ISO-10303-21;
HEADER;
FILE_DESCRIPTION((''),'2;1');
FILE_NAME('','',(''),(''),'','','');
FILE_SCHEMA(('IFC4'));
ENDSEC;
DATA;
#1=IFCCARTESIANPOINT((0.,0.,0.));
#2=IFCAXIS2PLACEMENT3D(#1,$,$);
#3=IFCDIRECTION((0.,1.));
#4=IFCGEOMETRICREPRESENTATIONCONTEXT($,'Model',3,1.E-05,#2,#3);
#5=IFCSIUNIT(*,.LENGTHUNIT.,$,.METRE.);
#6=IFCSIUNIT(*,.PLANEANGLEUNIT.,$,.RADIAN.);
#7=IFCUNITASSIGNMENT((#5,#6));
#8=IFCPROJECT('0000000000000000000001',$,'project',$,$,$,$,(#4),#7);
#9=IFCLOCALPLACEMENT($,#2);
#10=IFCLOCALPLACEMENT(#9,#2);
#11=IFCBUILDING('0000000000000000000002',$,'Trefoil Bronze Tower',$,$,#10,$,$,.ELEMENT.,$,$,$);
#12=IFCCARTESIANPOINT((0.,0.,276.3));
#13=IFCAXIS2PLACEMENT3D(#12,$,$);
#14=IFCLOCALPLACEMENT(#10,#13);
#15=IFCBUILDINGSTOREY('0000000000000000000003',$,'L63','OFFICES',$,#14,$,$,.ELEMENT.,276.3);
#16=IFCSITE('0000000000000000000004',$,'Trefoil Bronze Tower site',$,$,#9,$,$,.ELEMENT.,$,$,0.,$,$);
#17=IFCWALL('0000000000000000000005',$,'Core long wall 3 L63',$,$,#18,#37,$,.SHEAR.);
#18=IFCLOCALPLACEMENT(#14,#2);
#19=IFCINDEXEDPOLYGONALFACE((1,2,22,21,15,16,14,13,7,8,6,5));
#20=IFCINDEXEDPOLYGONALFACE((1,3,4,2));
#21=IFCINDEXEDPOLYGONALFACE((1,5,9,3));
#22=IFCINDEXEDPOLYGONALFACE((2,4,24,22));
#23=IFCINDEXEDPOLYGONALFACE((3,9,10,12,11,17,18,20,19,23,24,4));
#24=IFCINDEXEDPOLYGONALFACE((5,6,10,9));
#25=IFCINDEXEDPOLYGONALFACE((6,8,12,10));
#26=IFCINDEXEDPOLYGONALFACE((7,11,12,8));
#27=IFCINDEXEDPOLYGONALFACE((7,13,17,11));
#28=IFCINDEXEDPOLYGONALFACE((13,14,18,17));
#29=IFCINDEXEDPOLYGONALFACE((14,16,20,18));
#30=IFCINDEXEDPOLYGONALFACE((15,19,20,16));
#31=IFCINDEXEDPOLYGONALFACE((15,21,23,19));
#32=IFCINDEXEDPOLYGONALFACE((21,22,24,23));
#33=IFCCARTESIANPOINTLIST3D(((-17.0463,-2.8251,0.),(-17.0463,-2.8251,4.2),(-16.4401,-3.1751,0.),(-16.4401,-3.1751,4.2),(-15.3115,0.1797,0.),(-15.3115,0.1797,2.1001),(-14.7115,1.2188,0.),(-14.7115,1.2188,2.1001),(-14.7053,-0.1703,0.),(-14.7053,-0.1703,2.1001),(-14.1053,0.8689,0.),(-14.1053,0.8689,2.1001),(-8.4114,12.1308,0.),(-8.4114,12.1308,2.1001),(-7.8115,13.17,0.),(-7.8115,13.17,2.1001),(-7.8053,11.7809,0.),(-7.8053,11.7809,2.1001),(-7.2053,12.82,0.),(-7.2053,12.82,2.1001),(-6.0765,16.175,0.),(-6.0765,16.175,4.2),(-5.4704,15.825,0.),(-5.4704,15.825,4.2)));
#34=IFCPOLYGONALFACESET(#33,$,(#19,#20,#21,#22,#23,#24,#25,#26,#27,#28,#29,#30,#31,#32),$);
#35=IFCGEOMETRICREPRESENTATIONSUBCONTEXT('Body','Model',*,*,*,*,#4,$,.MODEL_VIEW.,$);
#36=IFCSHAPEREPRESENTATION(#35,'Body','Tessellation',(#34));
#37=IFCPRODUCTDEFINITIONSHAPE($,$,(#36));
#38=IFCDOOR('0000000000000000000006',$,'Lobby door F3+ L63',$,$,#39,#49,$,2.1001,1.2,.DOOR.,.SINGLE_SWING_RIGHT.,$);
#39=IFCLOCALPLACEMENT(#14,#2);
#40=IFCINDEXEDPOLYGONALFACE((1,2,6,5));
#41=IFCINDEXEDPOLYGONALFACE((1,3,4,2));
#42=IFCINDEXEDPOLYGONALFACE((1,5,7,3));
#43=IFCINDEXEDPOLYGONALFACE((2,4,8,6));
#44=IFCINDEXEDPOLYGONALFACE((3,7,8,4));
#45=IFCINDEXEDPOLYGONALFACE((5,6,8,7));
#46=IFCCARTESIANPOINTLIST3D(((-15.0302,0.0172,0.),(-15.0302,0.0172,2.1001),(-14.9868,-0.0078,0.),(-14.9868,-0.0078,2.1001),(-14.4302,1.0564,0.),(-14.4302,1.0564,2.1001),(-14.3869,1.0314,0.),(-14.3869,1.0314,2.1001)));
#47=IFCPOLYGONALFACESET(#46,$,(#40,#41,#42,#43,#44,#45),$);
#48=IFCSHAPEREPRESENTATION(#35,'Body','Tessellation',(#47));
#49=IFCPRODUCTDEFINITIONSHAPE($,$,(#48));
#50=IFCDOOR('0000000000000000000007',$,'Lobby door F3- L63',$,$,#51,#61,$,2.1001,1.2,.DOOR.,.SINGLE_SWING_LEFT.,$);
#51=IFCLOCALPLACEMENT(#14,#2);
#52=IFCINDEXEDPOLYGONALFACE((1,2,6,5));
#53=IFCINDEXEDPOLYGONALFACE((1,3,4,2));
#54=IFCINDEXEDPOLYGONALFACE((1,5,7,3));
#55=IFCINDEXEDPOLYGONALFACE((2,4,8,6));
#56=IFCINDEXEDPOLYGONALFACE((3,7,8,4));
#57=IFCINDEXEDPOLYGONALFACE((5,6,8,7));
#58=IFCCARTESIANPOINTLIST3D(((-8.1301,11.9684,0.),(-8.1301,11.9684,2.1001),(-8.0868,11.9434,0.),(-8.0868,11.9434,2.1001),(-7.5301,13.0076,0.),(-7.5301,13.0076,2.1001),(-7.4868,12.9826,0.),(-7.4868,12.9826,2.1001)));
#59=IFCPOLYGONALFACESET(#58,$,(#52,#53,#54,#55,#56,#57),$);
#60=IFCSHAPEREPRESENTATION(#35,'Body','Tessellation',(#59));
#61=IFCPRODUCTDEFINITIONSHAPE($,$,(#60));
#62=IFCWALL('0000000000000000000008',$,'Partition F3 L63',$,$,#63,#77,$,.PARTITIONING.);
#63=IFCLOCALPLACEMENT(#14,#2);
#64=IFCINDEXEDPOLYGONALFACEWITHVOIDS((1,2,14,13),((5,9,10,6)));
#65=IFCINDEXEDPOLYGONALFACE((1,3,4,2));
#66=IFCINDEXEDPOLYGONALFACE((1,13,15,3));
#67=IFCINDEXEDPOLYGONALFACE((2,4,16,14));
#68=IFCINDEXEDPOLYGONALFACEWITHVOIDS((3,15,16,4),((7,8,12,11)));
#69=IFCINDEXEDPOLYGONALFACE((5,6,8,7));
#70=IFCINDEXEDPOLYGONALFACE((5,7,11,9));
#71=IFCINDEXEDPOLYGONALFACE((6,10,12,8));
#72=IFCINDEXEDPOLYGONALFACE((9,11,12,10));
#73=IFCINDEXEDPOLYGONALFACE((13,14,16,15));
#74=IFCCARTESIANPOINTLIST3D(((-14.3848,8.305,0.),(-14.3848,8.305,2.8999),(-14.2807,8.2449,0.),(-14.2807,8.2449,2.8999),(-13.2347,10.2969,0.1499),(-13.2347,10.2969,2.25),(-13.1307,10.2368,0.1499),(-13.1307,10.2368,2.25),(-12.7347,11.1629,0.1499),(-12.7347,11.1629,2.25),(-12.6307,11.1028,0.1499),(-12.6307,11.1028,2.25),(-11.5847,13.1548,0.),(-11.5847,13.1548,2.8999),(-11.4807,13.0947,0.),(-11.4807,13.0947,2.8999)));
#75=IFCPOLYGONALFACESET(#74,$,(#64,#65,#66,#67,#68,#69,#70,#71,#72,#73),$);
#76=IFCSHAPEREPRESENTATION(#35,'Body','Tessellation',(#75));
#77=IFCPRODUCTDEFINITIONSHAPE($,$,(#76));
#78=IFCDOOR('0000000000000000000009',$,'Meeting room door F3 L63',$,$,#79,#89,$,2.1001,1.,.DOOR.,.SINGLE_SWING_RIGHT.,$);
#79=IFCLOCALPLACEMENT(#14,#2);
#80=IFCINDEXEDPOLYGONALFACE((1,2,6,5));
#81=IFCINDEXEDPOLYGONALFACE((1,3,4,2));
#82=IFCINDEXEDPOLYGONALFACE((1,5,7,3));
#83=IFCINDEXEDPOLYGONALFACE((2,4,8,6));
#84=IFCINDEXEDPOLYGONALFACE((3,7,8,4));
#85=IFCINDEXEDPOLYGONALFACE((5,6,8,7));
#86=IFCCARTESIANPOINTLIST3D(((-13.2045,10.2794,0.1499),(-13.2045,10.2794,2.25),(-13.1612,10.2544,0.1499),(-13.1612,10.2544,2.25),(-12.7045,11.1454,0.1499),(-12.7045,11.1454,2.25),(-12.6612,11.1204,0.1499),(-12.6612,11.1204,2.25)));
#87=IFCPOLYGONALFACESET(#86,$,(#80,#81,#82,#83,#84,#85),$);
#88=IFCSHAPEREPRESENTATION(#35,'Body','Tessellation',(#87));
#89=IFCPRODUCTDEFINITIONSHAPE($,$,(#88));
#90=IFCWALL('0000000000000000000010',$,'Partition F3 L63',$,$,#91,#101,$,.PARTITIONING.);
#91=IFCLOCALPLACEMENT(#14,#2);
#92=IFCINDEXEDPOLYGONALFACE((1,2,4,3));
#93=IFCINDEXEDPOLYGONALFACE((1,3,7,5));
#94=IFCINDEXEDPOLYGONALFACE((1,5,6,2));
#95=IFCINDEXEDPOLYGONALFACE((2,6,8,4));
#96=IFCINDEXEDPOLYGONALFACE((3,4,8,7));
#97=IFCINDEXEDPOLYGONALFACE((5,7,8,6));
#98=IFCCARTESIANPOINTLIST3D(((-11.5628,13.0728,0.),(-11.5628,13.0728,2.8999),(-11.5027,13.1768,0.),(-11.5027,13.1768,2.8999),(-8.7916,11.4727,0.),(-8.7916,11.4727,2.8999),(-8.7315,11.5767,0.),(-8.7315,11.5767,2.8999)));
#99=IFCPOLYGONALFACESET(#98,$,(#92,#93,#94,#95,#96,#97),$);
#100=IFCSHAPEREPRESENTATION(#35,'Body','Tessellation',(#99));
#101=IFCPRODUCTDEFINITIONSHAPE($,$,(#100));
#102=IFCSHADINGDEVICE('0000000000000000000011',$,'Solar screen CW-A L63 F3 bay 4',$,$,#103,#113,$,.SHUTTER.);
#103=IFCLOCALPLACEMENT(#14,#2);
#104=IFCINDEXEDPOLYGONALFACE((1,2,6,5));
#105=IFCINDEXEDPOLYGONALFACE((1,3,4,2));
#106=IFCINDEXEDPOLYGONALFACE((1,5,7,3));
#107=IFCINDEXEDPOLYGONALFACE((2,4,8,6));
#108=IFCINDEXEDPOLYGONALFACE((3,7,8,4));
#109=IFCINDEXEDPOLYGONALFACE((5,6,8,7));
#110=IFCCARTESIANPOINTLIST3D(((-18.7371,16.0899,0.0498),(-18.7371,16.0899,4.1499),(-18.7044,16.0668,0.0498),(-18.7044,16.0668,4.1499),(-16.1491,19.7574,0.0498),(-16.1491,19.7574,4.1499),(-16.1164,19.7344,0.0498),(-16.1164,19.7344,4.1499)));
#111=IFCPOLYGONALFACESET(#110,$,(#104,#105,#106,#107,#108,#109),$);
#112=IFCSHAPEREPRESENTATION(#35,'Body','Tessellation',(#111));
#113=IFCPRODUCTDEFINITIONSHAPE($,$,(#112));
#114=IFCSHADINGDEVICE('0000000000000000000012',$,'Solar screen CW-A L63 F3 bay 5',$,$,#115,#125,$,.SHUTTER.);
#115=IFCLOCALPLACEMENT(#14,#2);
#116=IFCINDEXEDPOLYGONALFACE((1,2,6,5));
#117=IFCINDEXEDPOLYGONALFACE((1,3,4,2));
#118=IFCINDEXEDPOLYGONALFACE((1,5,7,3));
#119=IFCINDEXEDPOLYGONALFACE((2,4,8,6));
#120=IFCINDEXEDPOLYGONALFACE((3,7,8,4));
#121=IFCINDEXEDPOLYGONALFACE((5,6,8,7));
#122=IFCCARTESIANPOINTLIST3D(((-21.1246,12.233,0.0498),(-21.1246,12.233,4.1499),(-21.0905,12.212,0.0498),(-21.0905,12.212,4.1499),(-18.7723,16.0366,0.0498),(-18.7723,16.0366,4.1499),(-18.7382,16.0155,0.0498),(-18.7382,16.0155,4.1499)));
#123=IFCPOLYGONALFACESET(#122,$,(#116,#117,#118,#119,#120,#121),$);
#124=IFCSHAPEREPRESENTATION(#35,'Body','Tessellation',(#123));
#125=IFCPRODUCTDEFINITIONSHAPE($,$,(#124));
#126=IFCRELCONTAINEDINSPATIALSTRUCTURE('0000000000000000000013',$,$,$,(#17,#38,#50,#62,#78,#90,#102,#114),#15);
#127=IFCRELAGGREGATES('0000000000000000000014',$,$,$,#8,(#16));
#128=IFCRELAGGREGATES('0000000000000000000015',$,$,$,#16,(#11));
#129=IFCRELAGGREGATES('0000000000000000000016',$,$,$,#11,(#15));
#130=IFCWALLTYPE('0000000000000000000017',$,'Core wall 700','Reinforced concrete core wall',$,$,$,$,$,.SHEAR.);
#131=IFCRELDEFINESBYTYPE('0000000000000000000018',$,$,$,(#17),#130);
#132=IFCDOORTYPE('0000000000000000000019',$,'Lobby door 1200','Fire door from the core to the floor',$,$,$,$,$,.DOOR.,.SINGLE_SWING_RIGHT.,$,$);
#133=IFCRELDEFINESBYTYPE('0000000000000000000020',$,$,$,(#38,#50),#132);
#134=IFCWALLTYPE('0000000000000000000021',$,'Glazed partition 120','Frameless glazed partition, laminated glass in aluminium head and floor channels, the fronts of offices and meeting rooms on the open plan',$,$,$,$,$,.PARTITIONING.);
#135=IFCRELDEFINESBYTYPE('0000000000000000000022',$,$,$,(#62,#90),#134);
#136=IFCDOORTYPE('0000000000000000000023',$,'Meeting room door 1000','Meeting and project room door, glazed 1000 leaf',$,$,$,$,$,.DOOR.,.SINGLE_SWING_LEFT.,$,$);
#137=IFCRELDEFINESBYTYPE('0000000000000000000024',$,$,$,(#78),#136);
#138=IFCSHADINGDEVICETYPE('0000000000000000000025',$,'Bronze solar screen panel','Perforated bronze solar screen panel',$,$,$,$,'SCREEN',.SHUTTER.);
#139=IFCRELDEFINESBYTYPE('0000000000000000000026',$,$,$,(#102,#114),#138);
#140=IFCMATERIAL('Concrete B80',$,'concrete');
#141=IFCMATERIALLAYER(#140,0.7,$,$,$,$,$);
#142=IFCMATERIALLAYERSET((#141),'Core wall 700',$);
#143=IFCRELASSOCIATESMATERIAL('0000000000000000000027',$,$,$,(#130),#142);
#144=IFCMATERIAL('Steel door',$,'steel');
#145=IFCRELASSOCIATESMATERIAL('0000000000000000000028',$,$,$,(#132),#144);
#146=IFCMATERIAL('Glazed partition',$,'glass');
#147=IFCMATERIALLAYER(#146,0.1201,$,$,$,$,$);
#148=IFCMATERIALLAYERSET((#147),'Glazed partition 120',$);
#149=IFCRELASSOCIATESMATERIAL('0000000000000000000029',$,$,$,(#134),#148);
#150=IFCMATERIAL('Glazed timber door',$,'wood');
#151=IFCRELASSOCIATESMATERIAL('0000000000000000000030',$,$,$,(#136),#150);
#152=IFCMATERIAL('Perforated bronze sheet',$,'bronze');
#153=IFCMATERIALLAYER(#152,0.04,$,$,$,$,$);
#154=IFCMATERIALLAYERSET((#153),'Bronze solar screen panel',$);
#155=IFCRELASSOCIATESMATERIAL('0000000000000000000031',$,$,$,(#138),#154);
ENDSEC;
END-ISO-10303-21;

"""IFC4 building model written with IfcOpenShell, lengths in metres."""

from ifc_helpers import new_model, si_unit, direction, frame, frame_2d, origin, origin_2d, place, context, subcontext, project, spatial, rectangle, extrude, material, layer, layer_set, type_object, element, fill, save


model = new_model("IFC4")

# Units and contexts
model_context = context("Model", 3, precision=1e-05, world=origin(), true_north=direction((0.0, 1.0)))
body_context = subcontext(model_context, "Body", "Model", "MODEL_VIEW")
ifc_project = project(units=[si_unit("LENGTHUNIT", "METRE"), si_unit("PLANEANGLEUNIT", "RADIAN")], contexts=[model_context])

# Site, building, storey
site_placement = place(None, origin())
site = spatial("IfcSite", under=ifc_project, at=site_placement, Name="Trefoil Bronze Tower site", CompositionType="ELEMENT", RefElevation=0.0)
building_placement = place(site_placement, origin())
building = spatial("IfcBuilding", under=site, at=building_placement, Name="Trefoil Bronze Tower", CompositionType="ELEMENT")
storey_placement = place(building_placement, frame((0.0, 0.0, 276.3)))
storey = spatial("IfcBuildingStorey", under=building, at=storey_placement, Name="L63", Description="OFFICES", CompositionType="ELEMENT", Elevation=276.3)

# Wall, openings, doors
ifc_material_1 = material(Name="Concrete B80", Category="concrete")
ifc_layer_1 = layer(ifc_material_1, 0.7)
ifc_layer_set_1 = layer_set([ifc_layer_1], Name="Core wall 700")
wall_type_1 = type_object("IfcWallType", Name="Core wall 700", Description="Reinforced concrete core wall", PredefinedType="SHEAR", material=ifc_layer_set_1)
wall_1_placement = place(storey_placement, frame((-5.7734, 16.0, 0.0), z_axis=(0.0, 0.0, 1.0), x_axis=(-0.500002, -0.866024, 0.0)))
wall_1 = element("IfcWall", 1, at=wall_1_placement, inside=storey, type_object=wall_type_1, Name="Core long wall 3 L63", PredefinedType="SHEAR", context=body_context, shape_type="SweptSolid", body=[
    extrude(rectangle(XDim=21.9395, YDim=0.7, at=frame_2d((10.9697, 0.0))), origin(), (0.0, 0.0, 1.0), 4.2),
])
opening_1_placement = place(wall_1_placement, frame((17.2698, 0.0, 0.0)))
opening_1 = element("IfcOpeningElement", 2, at=opening_1_placement, cuts=wall_1, PredefinedType="OPENING", context=body_context, shape_type="SweptSolid", body=[
    extrude(rectangle(XDim=1.2, YDim=2.1001, at=frame_2d((0.6001, 1.05))), frame((0.0, 0.3599, 0.0), z_axis=(0.0, -1.0, 0.0), x_axis=(1.0, 0.0, 0.0)), (0.0, 0.0, 1.0), 0.72),
])
opening_2_placement = place(wall_1_placement, frame((3.4697, 0.0, 0.0)))
opening_2 = element("IfcOpeningElement", 3, at=opening_2_placement, cuts=wall_1, PredefinedType="OPENING", context=body_context, shape_type="SweptSolid", body=[
    extrude(rectangle(XDim=1.2, YDim=2.1001, at=frame_2d((0.6001, 1.05))), frame((0.0, 0.3599, 0.0), z_axis=(0.0, -1.0, 0.0), x_axis=(1.0, 0.0, 0.0)), (0.0, 0.0, 1.0), 0.72),
])
ifc_material_2 = material(Name="Steel door", Category="steel")
door_type_1 = type_object("IfcDoorType", Name="Lobby door 1200", Description="Fire door from the core to the floor", OperationType="SINGLE_SWING_RIGHT", PredefinedType="DOOR", material=ifc_material_2)
door_1_placement = place(opening_1_placement, origin())
door_1 = element("IfcDoor", 4, at=door_1_placement, inside=storey, type_object=door_type_1, Name="Lobby door F3+ L63", OperationType="SINGLE_SWING_RIGHT", OverallHeight=2.1001, OverallWidth=1.2, PredefinedType="DOOR", context=body_context, shape_type="SweptSolid", body=[
    extrude(rectangle(XDim=1.2, YDim=2.1001, at=frame_2d((0.6001, 1.05))), frame((0.0, 0.0249, 0.0), z_axis=(0.0, -1.0, 0.0), x_axis=(1.0, 0.0, 0.0)), (0.0, 0.0, 1.0), 0.05),
])
fill(opening_1, door_1)
door_2_placement = place(opening_2_placement, origin())
door_2 = element("IfcDoor", 5, at=door_2_placement, inside=storey, type_object=door_type_1, Name="Lobby door F3- L63", OperationType="SINGLE_SWING_LEFT", OverallHeight=2.1001, OverallWidth=1.2, PredefinedType="DOOR", context=body_context, shape_type="SweptSolid", body=[
    extrude(rectangle(XDim=1.2, YDim=2.1001, at=frame_2d((0.6001, 1.05))), frame((0.0, 0.0249, 0.0), z_axis=(0.0, -1.0, 0.0), x_axis=(1.0, 0.0, 0.0)), (0.0, 0.0, 1.0), 0.05),
])
fill(opening_2, door_2)

# Wall, opening, door
ifc_material_3 = material(Name="Glazed partition", Category="glass")
ifc_layer_2 = layer(ifc_material_3, 0.1201)
ifc_layer_set_2 = layer_set([ifc_layer_2], Name="Glazed partition 120")
wall_type_2 = type_object("IfcWallType", Name="Glazed partition 120", Description="Frameless glazed partition, laminated glass in aluminium head and floor channels, the fronts of offices and meeting rooms on the open plan", PredefinedType="PARTITIONING", material=ifc_layer_set_2)
wall_2_placement = place(storey_placement, frame((-11.5327, 13.1248, 0.0), z_axis=(0.0, 0.0, 1.0), x_axis=(-0.499998, -0.866027, 0.0)))
wall_2 = element("IfcWall", 6, at=wall_2_placement, inside=storey, type_object=wall_type_2, Name="Partition F3 L63", PredefinedType="PARTITIONING", context=body_context, shape_type="SweptSolid", body=[
    extrude(rectangle(XDim=5.6001, YDim=0.1201, at=frame_2d((2.8, 0.0))), origin(), (0.0, 0.0, 1.0), 2.8999),
])
opening_3_placement = place(wall_2_placement, frame((2.3, 0.0, 0.1499)))
opening_3 = element("IfcOpeningElement", 7, at=opening_3_placement, cuts=wall_2, PredefinedType="OPENING", context=body_context, shape_type="SweptSolid", body=[
    extrude(rectangle(XDim=1.0, YDim=2.1001, at=frame_2d((0.5, 1.05))), frame((0.0, 0.0701, 0.0), z_axis=(0.0, -1.0, 0.0), x_axis=(1.0, 0.0, 0.0)), (0.0, 0.0, 1.0), 0.1401),
])
ifc_material_4 = material(Name="Glazed timber door", Category="wood")
door_type_2 = type_object("IfcDoorType", Name="Meeting room door 1000", Description="Meeting and project room door, glazed 1000 leaf", OperationType="SINGLE_SWING_LEFT", PredefinedType="DOOR", material=ifc_material_4)
door_3_placement = place(opening_3_placement, origin())
door_3 = element("IfcDoor", 8, at=door_3_placement, inside=storey, type_object=door_type_2, Name="Meeting room door F3 L63", OperationType="SINGLE_SWING_RIGHT", OverallHeight=2.1001, OverallWidth=1.0, PredefinedType="DOOR", context=body_context, shape_type="SweptSolid", body=[
    extrude(rectangle(XDim=1.0, YDim=2.1001, at=frame_2d((0.5, 1.05))), frame((0.0, 0.0249, 0.0), z_axis=(0.0, -1.0, 0.0), x_axis=(1.0, 0.0, 0.0)), (0.0, 0.0, 1.0), 0.05),
])
fill(opening_3, door_3)

# Wall
wall_3_placement = place(storey_placement, frame((-8.7615, 11.5247, 0.0), z_axis=(0.0, 0.0, 1.0), x_axis=(-0.866009, 0.500028, 0.0)))
element("IfcWall", 9, at=wall_3_placement, inside=storey, type_object=wall_type_2, Name="Partition F3 L63", PredefinedType="PARTITIONING", context=body_context, shape_type="SweptSolid", body=[
    extrude(rectangle(XDim=3.2, YDim=0.1201, at=frame_2d((1.6001, 0.0))), origin(), (0.0, 0.0, 1.0), 2.8999),
])

# Shading devices
ifc_material_5 = material(Name="Perforated bronze sheet", Category="bronze")
ifc_layer_3 = layer(ifc_material_5, 0.04)
ifc_layer_set_3 = layer_set([ifc_layer_3], Name="Bronze solar screen panel")
shading_device_type = type_object("IfcShadingDeviceType", Name="Bronze solar screen panel", Description="Perforated bronze solar screen panel", ElementType="SCREEN", PredefinedType="SHUTTER", material=ifc_layer_set_3)
shading_device_1_placement = place(storey_placement, frame((-17.4268, 17.9121, 0.0498), z_axis=(0.0, 0.0, 1.0), x_axis=(-0.576561, -0.817054, 0.0)))
element("IfcShadingDevice", 10, at=shading_device_1_placement, inside=storey, type_object=shading_device_type, Name="Solar screen CW-A L63 F3 bay 4", PredefinedType="SHUTTER", context=body_context, shape_type="SweptSolid", body=[
    extrude(rectangle(XDim=4.4888, YDim=0.04, at=origin_2d()), origin(), (0.0, 0.0, 1.0), 4.1001),
])
shading_device_2_placement = place(storey_placement, frame((-19.9314, 14.1243, 0.0498), z_axis=(0.0, 0.0, 1.0), x_axis=(-0.52598, -0.850497, 0.0)))
element("IfcShadingDevice", 11, at=shading_device_2_placement, inside=storey, type_object=shading_device_type, Name="Solar screen CW-A L63 F3 bay 5", PredefinedType="SHUTTER", context=body_context, shape_type="SweptSolid", body=[
    extrude(rectangle(XDim=4.4722, YDim=0.04, at=origin_2d()), origin(), (0.0, 0.0, 1.0), 4.1001),
])

save(model, "model.ifc")
